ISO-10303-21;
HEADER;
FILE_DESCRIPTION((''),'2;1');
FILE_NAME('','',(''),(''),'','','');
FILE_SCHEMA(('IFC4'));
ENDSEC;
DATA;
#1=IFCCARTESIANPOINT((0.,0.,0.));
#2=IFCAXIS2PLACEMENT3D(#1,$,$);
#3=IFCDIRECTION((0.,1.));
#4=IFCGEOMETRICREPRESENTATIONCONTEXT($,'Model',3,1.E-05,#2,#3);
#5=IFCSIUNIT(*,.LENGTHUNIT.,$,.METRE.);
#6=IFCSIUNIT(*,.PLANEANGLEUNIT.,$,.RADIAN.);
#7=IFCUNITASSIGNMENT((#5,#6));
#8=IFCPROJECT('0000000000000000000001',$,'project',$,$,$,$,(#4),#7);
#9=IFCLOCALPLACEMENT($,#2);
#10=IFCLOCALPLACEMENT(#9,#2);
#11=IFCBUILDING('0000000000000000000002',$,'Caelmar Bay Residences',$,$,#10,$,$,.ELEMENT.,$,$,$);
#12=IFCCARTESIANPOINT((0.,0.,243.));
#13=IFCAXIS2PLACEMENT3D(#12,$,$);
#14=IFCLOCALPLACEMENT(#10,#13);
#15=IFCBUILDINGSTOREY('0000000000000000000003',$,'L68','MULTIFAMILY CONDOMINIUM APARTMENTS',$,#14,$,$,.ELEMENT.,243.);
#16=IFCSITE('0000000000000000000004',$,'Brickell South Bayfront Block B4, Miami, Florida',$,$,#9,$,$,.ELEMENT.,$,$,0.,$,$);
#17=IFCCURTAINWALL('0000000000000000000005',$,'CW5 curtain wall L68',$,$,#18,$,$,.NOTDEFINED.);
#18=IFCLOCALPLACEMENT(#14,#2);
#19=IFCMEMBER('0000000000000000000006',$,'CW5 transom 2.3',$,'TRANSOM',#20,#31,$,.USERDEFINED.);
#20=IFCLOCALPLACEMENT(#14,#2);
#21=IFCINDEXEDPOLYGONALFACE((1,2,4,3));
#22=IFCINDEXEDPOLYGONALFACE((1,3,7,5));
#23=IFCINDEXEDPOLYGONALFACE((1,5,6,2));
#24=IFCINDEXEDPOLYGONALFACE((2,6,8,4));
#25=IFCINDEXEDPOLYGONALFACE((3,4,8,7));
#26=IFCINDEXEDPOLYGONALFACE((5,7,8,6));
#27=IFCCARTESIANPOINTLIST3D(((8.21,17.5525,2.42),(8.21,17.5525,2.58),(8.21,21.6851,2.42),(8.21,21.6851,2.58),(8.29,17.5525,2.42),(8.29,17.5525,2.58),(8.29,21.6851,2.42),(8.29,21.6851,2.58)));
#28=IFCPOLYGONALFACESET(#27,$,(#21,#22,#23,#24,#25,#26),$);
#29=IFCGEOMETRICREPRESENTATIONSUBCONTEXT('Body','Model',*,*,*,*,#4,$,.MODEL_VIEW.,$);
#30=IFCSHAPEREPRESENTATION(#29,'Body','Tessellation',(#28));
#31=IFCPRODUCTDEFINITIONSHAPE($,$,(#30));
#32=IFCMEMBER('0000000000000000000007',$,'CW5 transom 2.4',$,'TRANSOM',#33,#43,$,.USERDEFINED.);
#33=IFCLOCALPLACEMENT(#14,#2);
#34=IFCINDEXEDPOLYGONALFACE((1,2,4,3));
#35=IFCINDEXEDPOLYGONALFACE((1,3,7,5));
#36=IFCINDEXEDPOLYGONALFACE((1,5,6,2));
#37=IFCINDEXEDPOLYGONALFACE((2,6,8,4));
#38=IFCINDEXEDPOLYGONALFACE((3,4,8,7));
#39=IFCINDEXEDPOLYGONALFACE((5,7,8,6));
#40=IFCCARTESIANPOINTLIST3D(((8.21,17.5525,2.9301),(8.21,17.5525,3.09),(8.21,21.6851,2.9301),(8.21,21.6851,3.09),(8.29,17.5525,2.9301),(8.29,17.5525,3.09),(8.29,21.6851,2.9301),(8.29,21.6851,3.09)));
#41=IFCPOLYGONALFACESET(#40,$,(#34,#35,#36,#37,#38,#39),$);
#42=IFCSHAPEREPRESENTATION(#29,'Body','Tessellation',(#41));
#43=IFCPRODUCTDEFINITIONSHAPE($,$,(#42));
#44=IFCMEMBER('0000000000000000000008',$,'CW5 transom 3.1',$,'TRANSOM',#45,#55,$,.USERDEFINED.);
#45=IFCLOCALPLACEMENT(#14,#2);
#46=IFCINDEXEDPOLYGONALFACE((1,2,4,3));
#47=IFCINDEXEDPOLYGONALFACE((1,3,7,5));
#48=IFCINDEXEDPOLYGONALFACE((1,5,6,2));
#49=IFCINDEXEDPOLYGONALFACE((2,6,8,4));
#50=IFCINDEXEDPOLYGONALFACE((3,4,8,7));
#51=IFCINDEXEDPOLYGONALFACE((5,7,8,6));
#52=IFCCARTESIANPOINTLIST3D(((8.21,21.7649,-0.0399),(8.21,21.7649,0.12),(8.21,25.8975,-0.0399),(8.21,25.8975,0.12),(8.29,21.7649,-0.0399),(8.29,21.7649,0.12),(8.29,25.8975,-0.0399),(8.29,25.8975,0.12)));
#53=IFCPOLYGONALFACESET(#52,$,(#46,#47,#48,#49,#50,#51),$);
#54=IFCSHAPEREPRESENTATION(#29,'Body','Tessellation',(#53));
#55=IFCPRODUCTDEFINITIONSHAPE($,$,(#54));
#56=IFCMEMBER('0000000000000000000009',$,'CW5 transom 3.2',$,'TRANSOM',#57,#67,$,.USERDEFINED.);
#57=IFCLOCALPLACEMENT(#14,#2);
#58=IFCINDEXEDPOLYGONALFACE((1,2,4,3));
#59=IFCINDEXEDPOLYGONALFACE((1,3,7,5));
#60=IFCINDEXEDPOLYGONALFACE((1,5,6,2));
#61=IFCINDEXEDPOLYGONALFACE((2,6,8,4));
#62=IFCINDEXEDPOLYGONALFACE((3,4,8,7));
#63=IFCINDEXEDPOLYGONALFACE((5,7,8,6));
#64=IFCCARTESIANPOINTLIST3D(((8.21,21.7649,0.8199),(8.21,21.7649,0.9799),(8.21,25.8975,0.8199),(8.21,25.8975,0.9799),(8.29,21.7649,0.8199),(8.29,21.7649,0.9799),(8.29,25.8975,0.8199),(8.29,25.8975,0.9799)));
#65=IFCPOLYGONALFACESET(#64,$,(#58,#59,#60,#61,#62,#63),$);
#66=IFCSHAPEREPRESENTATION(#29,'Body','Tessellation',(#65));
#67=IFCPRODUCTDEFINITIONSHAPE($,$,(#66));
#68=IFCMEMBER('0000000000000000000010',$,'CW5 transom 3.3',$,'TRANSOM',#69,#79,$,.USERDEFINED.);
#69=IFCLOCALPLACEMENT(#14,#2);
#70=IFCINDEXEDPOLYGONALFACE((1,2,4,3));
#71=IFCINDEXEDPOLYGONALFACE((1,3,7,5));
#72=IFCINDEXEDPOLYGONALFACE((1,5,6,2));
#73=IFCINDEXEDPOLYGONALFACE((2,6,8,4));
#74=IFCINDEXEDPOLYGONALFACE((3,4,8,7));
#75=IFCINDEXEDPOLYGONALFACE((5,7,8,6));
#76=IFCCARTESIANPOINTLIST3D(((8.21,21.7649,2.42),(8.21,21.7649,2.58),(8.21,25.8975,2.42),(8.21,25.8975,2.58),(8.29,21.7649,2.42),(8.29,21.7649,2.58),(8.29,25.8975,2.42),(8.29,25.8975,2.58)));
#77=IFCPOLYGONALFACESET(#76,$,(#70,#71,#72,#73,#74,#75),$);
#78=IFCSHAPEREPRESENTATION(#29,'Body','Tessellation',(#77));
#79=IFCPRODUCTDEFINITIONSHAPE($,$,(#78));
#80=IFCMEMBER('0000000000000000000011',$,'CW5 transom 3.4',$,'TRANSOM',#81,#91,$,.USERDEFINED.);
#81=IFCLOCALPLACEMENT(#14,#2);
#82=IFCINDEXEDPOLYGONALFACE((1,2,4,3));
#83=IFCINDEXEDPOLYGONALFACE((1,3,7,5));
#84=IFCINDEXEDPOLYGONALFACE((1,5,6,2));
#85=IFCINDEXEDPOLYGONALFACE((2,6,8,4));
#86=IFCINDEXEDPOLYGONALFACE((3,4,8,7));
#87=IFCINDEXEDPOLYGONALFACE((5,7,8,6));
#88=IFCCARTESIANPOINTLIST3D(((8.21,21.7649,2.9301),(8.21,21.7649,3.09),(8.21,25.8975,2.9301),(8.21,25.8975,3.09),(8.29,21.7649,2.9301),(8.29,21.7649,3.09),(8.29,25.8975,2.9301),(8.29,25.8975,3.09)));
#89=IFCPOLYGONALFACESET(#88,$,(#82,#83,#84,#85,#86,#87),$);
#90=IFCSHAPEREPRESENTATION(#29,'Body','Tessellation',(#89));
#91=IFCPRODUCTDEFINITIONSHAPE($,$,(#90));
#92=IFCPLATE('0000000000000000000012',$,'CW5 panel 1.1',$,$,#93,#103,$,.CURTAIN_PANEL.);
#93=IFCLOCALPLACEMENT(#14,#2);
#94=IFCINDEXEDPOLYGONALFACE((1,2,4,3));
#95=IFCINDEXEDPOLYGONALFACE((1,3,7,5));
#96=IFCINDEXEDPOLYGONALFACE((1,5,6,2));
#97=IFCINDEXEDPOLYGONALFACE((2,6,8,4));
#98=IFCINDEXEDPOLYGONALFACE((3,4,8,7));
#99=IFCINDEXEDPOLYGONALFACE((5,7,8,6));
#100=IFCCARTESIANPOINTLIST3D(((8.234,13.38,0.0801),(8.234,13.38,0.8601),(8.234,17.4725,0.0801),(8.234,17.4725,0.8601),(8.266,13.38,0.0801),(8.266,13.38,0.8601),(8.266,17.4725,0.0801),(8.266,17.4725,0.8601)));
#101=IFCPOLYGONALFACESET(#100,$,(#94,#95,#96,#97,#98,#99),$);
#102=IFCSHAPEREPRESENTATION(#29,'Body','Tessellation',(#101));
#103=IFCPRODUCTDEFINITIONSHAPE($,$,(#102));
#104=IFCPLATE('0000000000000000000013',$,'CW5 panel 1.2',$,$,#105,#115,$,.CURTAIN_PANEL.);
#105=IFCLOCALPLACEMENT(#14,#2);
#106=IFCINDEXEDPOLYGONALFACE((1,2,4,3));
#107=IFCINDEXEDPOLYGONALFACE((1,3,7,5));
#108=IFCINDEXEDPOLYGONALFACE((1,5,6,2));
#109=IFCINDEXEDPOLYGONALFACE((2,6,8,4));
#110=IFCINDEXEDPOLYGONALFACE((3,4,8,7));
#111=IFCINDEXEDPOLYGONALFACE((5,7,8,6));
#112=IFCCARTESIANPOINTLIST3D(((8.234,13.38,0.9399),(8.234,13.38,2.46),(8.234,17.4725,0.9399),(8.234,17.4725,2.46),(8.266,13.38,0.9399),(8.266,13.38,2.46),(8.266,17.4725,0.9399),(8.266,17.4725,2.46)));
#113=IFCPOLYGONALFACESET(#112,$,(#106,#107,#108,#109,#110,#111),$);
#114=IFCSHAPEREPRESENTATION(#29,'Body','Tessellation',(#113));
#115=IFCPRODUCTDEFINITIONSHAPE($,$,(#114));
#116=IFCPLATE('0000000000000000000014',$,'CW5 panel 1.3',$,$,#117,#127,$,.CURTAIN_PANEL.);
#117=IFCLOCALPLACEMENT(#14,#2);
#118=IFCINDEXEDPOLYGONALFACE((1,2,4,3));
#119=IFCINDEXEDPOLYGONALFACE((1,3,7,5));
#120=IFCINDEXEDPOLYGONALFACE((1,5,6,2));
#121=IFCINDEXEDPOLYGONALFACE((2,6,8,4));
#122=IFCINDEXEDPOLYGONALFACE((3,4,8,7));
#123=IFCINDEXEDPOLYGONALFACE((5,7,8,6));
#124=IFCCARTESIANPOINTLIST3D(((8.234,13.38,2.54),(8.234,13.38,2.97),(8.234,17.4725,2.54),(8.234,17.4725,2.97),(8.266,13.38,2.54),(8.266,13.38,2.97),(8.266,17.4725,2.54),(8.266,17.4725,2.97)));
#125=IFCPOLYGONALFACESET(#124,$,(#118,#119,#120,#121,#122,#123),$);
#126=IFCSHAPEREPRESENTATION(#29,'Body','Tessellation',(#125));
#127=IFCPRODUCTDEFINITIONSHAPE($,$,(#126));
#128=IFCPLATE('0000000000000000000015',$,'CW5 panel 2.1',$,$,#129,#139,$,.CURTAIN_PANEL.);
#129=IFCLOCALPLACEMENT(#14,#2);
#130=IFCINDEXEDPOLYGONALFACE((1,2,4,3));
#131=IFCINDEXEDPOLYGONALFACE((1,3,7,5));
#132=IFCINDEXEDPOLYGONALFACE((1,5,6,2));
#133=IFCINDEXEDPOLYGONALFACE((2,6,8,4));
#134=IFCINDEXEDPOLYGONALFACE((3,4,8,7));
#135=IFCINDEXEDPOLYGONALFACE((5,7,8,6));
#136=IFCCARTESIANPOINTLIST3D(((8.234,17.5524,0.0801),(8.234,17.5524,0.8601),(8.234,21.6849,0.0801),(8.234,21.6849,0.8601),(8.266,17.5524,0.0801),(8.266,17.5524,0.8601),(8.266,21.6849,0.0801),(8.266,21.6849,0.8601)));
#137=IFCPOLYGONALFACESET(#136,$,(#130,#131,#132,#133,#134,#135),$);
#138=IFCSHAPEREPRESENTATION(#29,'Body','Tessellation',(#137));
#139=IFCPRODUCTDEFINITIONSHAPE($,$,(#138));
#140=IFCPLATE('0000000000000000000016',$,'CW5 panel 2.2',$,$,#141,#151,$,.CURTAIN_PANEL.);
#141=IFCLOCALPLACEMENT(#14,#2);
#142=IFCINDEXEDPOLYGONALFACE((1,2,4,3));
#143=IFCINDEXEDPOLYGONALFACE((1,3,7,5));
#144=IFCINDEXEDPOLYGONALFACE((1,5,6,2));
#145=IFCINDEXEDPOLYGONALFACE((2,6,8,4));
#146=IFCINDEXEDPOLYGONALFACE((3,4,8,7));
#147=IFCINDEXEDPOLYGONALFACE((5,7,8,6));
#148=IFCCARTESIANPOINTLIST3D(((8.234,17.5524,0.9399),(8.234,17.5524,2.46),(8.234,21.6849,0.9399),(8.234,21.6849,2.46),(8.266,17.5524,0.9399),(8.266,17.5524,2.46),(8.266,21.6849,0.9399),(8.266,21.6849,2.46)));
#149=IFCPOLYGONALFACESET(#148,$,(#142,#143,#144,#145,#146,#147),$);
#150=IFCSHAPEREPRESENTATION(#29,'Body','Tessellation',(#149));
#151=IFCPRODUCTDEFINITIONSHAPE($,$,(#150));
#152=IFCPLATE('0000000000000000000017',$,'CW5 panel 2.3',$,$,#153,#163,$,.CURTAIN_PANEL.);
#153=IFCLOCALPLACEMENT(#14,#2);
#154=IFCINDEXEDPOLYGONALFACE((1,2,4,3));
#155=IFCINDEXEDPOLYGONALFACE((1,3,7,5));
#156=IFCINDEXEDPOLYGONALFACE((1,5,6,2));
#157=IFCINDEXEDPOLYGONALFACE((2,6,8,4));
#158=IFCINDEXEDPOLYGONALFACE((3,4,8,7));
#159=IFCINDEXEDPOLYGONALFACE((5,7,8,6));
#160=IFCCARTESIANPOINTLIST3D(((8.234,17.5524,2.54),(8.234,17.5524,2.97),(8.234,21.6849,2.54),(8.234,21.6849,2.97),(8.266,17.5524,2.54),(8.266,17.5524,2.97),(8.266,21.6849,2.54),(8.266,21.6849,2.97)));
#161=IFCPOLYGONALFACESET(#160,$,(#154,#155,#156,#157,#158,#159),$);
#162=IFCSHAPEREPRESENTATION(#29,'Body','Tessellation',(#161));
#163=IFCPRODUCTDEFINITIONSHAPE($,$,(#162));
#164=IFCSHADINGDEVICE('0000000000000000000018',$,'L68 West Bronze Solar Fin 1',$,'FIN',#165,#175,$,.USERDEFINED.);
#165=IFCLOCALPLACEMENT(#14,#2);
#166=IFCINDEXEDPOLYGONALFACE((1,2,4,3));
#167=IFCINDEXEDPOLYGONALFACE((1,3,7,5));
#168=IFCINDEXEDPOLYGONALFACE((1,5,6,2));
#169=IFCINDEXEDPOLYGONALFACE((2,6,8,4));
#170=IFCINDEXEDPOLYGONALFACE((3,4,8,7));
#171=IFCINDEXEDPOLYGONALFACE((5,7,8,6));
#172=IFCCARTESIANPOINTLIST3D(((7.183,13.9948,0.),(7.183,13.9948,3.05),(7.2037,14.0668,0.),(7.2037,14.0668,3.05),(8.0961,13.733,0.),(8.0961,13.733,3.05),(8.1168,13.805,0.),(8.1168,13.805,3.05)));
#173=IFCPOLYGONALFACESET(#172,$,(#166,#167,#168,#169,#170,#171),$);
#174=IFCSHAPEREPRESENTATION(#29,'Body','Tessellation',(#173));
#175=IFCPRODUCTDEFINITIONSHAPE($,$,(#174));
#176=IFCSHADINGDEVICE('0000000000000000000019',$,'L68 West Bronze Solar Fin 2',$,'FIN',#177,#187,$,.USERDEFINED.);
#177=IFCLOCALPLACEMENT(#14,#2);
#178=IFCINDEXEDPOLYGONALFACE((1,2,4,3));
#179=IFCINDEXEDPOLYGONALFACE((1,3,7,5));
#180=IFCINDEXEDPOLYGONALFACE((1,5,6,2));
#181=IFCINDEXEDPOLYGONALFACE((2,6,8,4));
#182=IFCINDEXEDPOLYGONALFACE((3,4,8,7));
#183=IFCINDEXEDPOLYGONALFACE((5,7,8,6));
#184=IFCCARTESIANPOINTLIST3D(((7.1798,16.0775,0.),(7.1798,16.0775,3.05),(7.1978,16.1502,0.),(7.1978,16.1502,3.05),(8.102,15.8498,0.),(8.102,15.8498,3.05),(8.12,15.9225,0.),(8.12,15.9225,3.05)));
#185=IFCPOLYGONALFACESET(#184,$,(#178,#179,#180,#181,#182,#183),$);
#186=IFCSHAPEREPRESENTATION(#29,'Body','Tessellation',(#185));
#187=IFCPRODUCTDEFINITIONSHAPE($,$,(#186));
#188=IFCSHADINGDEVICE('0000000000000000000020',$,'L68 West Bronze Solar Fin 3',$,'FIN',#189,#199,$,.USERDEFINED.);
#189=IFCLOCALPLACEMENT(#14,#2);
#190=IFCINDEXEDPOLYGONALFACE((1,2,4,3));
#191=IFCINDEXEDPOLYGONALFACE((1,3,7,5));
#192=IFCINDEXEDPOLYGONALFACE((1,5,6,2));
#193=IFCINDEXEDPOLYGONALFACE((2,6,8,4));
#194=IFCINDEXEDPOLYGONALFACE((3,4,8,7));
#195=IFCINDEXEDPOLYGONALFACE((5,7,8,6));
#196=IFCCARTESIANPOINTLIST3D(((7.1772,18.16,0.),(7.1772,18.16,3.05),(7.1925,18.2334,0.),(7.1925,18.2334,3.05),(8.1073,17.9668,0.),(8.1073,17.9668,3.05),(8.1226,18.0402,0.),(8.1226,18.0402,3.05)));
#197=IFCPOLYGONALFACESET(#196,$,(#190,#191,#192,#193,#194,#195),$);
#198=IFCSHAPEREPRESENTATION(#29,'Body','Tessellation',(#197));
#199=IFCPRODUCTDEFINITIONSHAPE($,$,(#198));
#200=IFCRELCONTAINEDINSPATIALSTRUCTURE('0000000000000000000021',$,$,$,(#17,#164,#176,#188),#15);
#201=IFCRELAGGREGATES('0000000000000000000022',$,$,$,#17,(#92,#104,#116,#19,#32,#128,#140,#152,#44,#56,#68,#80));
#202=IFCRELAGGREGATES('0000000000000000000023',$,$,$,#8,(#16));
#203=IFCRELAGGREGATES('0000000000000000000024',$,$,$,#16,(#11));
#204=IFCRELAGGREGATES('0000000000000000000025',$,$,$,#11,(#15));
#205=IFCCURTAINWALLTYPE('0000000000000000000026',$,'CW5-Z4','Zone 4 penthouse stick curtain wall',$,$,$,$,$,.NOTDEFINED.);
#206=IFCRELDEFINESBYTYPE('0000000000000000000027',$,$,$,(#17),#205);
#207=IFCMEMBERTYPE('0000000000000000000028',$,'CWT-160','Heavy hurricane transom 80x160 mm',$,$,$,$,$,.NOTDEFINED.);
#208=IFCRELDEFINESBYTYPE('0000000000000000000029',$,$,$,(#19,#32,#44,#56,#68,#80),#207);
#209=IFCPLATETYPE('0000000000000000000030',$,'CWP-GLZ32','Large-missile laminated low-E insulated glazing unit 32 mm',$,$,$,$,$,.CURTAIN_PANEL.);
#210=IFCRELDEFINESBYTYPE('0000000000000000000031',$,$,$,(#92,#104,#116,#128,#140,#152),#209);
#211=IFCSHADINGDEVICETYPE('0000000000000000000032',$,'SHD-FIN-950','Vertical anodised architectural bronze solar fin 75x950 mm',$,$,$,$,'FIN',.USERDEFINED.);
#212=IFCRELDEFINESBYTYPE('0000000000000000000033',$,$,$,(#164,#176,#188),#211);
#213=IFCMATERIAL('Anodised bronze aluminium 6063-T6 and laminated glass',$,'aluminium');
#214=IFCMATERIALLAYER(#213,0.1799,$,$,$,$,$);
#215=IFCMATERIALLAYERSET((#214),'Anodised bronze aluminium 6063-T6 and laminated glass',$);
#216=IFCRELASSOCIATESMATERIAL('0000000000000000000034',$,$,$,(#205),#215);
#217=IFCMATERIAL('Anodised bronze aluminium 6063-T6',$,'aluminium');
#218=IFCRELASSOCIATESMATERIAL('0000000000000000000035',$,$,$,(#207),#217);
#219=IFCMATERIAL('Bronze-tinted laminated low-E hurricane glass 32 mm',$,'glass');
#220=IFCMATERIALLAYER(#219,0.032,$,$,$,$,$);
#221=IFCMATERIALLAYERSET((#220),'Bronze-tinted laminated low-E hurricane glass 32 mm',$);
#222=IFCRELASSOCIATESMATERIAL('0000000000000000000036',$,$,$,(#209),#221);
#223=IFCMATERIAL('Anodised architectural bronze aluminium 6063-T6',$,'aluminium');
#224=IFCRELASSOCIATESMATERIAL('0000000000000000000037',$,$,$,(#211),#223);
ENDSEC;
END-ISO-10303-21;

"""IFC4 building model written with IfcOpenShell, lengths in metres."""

from ifc_helpers import new_model, si_unit, direction, frame, origin, origin_2d, place, context, subcontext, project, spatial, rectangle, extrude, material, layer, layer_set, material_profile, profile_set, type_object, element, aggregate, save


model = new_model("IFC4")

# Units and contexts
model_context = context("Model", 3, precision=1e-05, world=origin(), true_north=direction((0.0, 1.0)))
body_context = subcontext(model_context, "Body", "Model", "MODEL_VIEW")
ifc_project = project(units=[si_unit("LENGTHUNIT", "METRE"), si_unit("PLANEANGLEUNIT", "RADIAN")], contexts=[model_context])

# Site, building, storey
site_placement = place(None, origin())
site = spatial("IfcSite", under=ifc_project, at=site_placement, Name="Brickell South Bayfront Block B4, Miami, Florida", CompositionType="ELEMENT", RefElevation=0.0)
building_placement = place(site_placement, origin())
building = spatial("IfcBuilding", under=site, at=building_placement, Name="Caelmar Bay Residences", CompositionType="ELEMENT")
storey_placement = place(building_placement, frame((0.0, 0.0, 243.0)))
storey = spatial("IfcBuildingStorey", under=building, at=storey_placement, Name="L68", Description="MULTIFAMILY CONDOMINIUM APARTMENTS", CompositionType="ELEMENT", Elevation=243.0)

# Curtain wall, members, plates
ifc_material_1 = material(Name="Anodised bronze aluminium 6063-T6 and laminated glass", Category="aluminium")
ifc_layer_1 = layer(ifc_material_1, 0.1799)
ifc_layer_set_1 = layer_set([ifc_layer_1], Name="Anodised bronze aluminium 6063-T6 and laminated glass")
curtain_wall_type = type_object("IfcCurtainWallType", Name="CW5-Z4", Description="Zone 4 penthouse stick curtain wall", PredefinedType="NOTDEFINED", material=ifc_layer_set_1)
curtain_wall_placement = place(storey_placement, origin())
curtain_wall = element("IfcCurtainWall", 1, at=curtain_wall_placement, inside=storey, type_object=curtain_wall_type, Name="CW5 curtain wall L68", PredefinedType="NOTDEFINED")
ifc_material_2 = material(Name="Anodised bronze aluminium 6063-T6", Category="aluminium")
ifc_material_profile_1 = material_profile(ifc_material_2, rectangle(XDim=0.0801, YDim=0.1599, at=origin_2d()), Name="CWT-80X160")
ifc_profile_set_1 = profile_set([ifc_material_profile_1], Name="Anodised bronze aluminium 6063-T6")
member_type_1 = type_object("IfcMemberType", Name="CWT-160", Description="Heavy hurricane transom 80x160 mm", PredefinedType="NOTDEFINED", material=ifc_profile_set_1)
member_1_placement = place(storey_placement, frame((8.25, 17.5525, 2.5), z_axis=(0.0, 1.0, 0.0), x_axis=(-1.0, 0.0, 0.0)))
member_1 = element("IfcMember", 2, at=member_1_placement, type_object=member_type_1, Name="CW5 transom 2.3", ObjectType="TRANSOM", PredefinedType="USERDEFINED", context=body_context, shape_type="SweptSolid", body=[
    extrude(rectangle(XDim=0.0801, YDim=0.1599, at=origin_2d()), origin(), (0.0, 0.0, 1.0), 4.1326),
])
member_2_placement = place(storey_placement, frame((8.25, 17.5525, 3.01), z_axis=(0.0, 1.0, 0.0), x_axis=(-1.0, 0.0, 0.0)))
member_2 = element("IfcMember", 3, at=member_2_placement, type_object=member_type_1, Name="CW5 transom 2.4", ObjectType="TRANSOM", PredefinedType="USERDEFINED", context=body_context, shape_type="SweptSolid", body=[
    extrude(rectangle(XDim=0.0801, YDim=0.1599, at=origin_2d()), origin(), (0.0, 0.0, 1.0), 4.1326),
])
member_3_placement = place(storey_placement, frame((8.25, 21.7649, 0.04), z_axis=(0.0, 1.0, 0.0), x_axis=(-1.0, 0.0, 0.0)))
member_3 = element("IfcMember", 4, at=member_3_placement, type_object=member_type_1, Name="CW5 transom 3.1", ObjectType="TRANSOM", PredefinedType="USERDEFINED", context=body_context, shape_type="SweptSolid", body=[
    extrude(rectangle(XDim=0.0801, YDim=0.1599, at=origin_2d()), origin(), (0.0, 0.0, 1.0), 4.1326),
])
member_4_placement = place(storey_placement, frame((8.25, 21.7649, 0.8999), z_axis=(0.0, 1.0, 0.0), x_axis=(-1.0, 0.0, 0.0)))
member_4 = element("IfcMember", 5, at=member_4_placement, type_object=member_type_1, Name="CW5 transom 3.2", ObjectType="TRANSOM", PredefinedType="USERDEFINED", context=body_context, shape_type="SweptSolid", body=[
    extrude(rectangle(XDim=0.0801, YDim=0.1599, at=origin_2d()), origin(), (0.0, 0.0, 1.0), 4.1326),
])
member_5_placement = place(storey_placement, frame((8.25, 21.7649, 2.5), z_axis=(0.0, 1.0, 0.0), x_axis=(-1.0, 0.0, 0.0)))
member_5 = element("IfcMember", 6, at=member_5_placement, type_object=member_type_1, Name="CW5 transom 3.3", ObjectType="TRANSOM", PredefinedType="USERDEFINED", context=body_context, shape_type="SweptSolid", body=[
    extrude(rectangle(XDim=0.0801, YDim=0.1599, at=origin_2d()), origin(), (0.0, 0.0, 1.0), 4.1326),
])
member_6_placement = place(storey_placement, frame((8.25, 21.7649, 3.01), z_axis=(0.0, 1.0, 0.0), x_axis=(-1.0, 0.0, 0.0)))
member_6 = element("IfcMember", 7, at=member_6_placement, type_object=member_type_1, Name="CW5 transom 3.4", ObjectType="TRANSOM", PredefinedType="USERDEFINED", context=body_context, shape_type="SweptSolid", body=[
    extrude(rectangle(XDim=0.0801, YDim=0.1599, at=origin_2d()), origin(), (0.0, 0.0, 1.0), 4.1326),
])
ifc_material_3 = material(Name="Bronze-tinted laminated low-E hurricane glass 32 mm", Category="glass")
ifc_layer_2 = layer(ifc_material_3, 0.032)
ifc_layer_set_2 = layer_set([ifc_layer_2], Name="Bronze-tinted laminated low-E hurricane glass 32 mm")
plate_type = type_object("IfcPlateType", Name="CWP-GLZ32", Description="Large-missile laminated low-E insulated glazing unit 32 mm", PredefinedType="CURTAIN_PANEL", material=ifc_layer_set_2)
plate_1_placement = place(storey_placement, frame((8.25, 15.4263, 0.0801), z_axis=(0.0, 0.0, 1.0), x_axis=(0.0, 1.0, 0.0)))
plate_1 = element("IfcPlate", 8, at=plate_1_placement, type_object=plate_type, Name="CW5 panel 1.1", PredefinedType="CURTAIN_PANEL", context=body_context, shape_type="SweptSolid", body=[
    extrude(rectangle(XDim=4.0925, YDim=0.032, at=origin_2d()), origin(), (0.0, 0.0, 1.0), 0.78),
])
plate_2_placement = place(storey_placement, frame((8.25, 15.4263, 0.9399), z_axis=(0.0, 0.0, 1.0), x_axis=(0.0, 1.0, 0.0)))
plate_2 = element("IfcPlate", 9, at=plate_2_placement, type_object=plate_type, Name="CW5 panel 1.2", PredefinedType="CURTAIN_PANEL", context=body_context, shape_type="SweptSolid", body=[
    extrude(rectangle(XDim=4.0925, YDim=0.032, at=origin_2d()), origin(), (0.0, 0.0, 1.0), 1.52),
])
plate_3_placement = place(storey_placement, frame((8.25, 15.4263, 2.54), z_axis=(0.0, 0.0, 1.0), x_axis=(0.0, 1.0, 0.0)))
plate_3 = element("IfcPlate", 10, at=plate_3_placement, type_object=plate_type, Name="CW5 panel 1.3", PredefinedType="CURTAIN_PANEL", context=body_context, shape_type="SweptSolid", body=[
    extrude(rectangle(XDim=4.0925, YDim=0.032, at=origin_2d()), origin(), (0.0, 0.0, 1.0), 0.4299),
])
plate_4_placement = place(storey_placement, frame((8.25, 19.6187, 0.0801), z_axis=(0.0, 0.0, 1.0), x_axis=(0.0, 1.0, 0.0)))
plate_4 = element("IfcPlate", 11, at=plate_4_placement, type_object=plate_type, Name="CW5 panel 2.1", PredefinedType="CURTAIN_PANEL", context=body_context, shape_type="SweptSolid", body=[
    extrude(rectangle(XDim=4.1326, YDim=0.032, at=origin_2d()), origin(), (0.0, 0.0, 1.0), 0.78),
])
plate_5_placement = place(storey_placement, frame((8.25, 19.6187, 0.9399), z_axis=(0.0, 0.0, 1.0), x_axis=(0.0, 1.0, 0.0)))
plate_5 = element("IfcPlate", 12, at=plate_5_placement, type_object=plate_type, Name="CW5 panel 2.2", PredefinedType="CURTAIN_PANEL", context=body_context, shape_type="SweptSolid", body=[
    extrude(rectangle(XDim=4.1326, YDim=0.032, at=origin_2d()), origin(), (0.0, 0.0, 1.0), 1.52),
])
plate_6_placement = place(storey_placement, frame((8.25, 19.6187, 2.54), z_axis=(0.0, 0.0, 1.0), x_axis=(0.0, 1.0, 0.0)))
plate_6 = element("IfcPlate", 13, at=plate_6_placement, type_object=plate_type, Name="CW5 panel 2.3", PredefinedType="CURTAIN_PANEL", context=body_context, shape_type="SweptSolid", body=[
    extrude(rectangle(XDim=4.1326, YDim=0.032, at=origin_2d()), origin(), (0.0, 0.0, 1.0), 0.4299),
])
aggregate(curtain_wall, [plate_1, plate_2, plate_3, member_1, member_2, plate_4, plate_5, plate_6, member_3, member_4, member_5, member_6])

# Shading devices
ifc_material_4 = material(Name="Anodised architectural bronze aluminium 6063-T6", Category="aluminium")
ifc_material_profile_2 = material_profile(ifc_material_4, rectangle(XDim=0.075, YDim=0.95, at=origin_2d()), Name="BRONZE-FIN-75X950")
ifc_profile_set_2 = profile_set([ifc_material_profile_2], Name="Anodised architectural bronze aluminium 6063-T6")
shading_device_type = type_object("IfcShadingDeviceType", Name="SHD-FIN-950", Description="Vertical anodised architectural bronze solar fin 75x950 mm", ElementType="FIN", PredefinedType="USERDEFINED", material=ifc_profile_set_2)
for number, where, z_axis, x_axis, name in (
    (14, (7.6499, 13.8999, 0.0), (0.0, 0.0, 1.0), (0.275637, 0.961262, 0.0), "L68 West Bronze Solar Fin 1"),
    (15, (7.6499, 16.0, 0.0), (0.0, 0.0, 1.0), (0.23972, 0.970842, 0.0), "L68 West Bronze Solar Fin 2"),
    (16, (7.6499, 18.1001, 0.0), (0.0, 0.0, 1.0), (0.2033, 0.979116, 0.0), "L68 West Bronze Solar Fin 3"),
):
    element("IfcShadingDevice", number, at=place(storey_placement, frame(where, z_axis=z_axis, x_axis=x_axis)), inside=storey, type_object=shading_device_type, Name=name, ObjectType="FIN", PredefinedType="USERDEFINED", context=body_context, shape_type="SweptSolid", body=[
        extrude(rectangle(XDim=0.075, YDim=0.95, at=origin_2d()), origin(), (0.0, 0.0, 1.0), 3.05),
    ])

save(model, "model.ifc")
